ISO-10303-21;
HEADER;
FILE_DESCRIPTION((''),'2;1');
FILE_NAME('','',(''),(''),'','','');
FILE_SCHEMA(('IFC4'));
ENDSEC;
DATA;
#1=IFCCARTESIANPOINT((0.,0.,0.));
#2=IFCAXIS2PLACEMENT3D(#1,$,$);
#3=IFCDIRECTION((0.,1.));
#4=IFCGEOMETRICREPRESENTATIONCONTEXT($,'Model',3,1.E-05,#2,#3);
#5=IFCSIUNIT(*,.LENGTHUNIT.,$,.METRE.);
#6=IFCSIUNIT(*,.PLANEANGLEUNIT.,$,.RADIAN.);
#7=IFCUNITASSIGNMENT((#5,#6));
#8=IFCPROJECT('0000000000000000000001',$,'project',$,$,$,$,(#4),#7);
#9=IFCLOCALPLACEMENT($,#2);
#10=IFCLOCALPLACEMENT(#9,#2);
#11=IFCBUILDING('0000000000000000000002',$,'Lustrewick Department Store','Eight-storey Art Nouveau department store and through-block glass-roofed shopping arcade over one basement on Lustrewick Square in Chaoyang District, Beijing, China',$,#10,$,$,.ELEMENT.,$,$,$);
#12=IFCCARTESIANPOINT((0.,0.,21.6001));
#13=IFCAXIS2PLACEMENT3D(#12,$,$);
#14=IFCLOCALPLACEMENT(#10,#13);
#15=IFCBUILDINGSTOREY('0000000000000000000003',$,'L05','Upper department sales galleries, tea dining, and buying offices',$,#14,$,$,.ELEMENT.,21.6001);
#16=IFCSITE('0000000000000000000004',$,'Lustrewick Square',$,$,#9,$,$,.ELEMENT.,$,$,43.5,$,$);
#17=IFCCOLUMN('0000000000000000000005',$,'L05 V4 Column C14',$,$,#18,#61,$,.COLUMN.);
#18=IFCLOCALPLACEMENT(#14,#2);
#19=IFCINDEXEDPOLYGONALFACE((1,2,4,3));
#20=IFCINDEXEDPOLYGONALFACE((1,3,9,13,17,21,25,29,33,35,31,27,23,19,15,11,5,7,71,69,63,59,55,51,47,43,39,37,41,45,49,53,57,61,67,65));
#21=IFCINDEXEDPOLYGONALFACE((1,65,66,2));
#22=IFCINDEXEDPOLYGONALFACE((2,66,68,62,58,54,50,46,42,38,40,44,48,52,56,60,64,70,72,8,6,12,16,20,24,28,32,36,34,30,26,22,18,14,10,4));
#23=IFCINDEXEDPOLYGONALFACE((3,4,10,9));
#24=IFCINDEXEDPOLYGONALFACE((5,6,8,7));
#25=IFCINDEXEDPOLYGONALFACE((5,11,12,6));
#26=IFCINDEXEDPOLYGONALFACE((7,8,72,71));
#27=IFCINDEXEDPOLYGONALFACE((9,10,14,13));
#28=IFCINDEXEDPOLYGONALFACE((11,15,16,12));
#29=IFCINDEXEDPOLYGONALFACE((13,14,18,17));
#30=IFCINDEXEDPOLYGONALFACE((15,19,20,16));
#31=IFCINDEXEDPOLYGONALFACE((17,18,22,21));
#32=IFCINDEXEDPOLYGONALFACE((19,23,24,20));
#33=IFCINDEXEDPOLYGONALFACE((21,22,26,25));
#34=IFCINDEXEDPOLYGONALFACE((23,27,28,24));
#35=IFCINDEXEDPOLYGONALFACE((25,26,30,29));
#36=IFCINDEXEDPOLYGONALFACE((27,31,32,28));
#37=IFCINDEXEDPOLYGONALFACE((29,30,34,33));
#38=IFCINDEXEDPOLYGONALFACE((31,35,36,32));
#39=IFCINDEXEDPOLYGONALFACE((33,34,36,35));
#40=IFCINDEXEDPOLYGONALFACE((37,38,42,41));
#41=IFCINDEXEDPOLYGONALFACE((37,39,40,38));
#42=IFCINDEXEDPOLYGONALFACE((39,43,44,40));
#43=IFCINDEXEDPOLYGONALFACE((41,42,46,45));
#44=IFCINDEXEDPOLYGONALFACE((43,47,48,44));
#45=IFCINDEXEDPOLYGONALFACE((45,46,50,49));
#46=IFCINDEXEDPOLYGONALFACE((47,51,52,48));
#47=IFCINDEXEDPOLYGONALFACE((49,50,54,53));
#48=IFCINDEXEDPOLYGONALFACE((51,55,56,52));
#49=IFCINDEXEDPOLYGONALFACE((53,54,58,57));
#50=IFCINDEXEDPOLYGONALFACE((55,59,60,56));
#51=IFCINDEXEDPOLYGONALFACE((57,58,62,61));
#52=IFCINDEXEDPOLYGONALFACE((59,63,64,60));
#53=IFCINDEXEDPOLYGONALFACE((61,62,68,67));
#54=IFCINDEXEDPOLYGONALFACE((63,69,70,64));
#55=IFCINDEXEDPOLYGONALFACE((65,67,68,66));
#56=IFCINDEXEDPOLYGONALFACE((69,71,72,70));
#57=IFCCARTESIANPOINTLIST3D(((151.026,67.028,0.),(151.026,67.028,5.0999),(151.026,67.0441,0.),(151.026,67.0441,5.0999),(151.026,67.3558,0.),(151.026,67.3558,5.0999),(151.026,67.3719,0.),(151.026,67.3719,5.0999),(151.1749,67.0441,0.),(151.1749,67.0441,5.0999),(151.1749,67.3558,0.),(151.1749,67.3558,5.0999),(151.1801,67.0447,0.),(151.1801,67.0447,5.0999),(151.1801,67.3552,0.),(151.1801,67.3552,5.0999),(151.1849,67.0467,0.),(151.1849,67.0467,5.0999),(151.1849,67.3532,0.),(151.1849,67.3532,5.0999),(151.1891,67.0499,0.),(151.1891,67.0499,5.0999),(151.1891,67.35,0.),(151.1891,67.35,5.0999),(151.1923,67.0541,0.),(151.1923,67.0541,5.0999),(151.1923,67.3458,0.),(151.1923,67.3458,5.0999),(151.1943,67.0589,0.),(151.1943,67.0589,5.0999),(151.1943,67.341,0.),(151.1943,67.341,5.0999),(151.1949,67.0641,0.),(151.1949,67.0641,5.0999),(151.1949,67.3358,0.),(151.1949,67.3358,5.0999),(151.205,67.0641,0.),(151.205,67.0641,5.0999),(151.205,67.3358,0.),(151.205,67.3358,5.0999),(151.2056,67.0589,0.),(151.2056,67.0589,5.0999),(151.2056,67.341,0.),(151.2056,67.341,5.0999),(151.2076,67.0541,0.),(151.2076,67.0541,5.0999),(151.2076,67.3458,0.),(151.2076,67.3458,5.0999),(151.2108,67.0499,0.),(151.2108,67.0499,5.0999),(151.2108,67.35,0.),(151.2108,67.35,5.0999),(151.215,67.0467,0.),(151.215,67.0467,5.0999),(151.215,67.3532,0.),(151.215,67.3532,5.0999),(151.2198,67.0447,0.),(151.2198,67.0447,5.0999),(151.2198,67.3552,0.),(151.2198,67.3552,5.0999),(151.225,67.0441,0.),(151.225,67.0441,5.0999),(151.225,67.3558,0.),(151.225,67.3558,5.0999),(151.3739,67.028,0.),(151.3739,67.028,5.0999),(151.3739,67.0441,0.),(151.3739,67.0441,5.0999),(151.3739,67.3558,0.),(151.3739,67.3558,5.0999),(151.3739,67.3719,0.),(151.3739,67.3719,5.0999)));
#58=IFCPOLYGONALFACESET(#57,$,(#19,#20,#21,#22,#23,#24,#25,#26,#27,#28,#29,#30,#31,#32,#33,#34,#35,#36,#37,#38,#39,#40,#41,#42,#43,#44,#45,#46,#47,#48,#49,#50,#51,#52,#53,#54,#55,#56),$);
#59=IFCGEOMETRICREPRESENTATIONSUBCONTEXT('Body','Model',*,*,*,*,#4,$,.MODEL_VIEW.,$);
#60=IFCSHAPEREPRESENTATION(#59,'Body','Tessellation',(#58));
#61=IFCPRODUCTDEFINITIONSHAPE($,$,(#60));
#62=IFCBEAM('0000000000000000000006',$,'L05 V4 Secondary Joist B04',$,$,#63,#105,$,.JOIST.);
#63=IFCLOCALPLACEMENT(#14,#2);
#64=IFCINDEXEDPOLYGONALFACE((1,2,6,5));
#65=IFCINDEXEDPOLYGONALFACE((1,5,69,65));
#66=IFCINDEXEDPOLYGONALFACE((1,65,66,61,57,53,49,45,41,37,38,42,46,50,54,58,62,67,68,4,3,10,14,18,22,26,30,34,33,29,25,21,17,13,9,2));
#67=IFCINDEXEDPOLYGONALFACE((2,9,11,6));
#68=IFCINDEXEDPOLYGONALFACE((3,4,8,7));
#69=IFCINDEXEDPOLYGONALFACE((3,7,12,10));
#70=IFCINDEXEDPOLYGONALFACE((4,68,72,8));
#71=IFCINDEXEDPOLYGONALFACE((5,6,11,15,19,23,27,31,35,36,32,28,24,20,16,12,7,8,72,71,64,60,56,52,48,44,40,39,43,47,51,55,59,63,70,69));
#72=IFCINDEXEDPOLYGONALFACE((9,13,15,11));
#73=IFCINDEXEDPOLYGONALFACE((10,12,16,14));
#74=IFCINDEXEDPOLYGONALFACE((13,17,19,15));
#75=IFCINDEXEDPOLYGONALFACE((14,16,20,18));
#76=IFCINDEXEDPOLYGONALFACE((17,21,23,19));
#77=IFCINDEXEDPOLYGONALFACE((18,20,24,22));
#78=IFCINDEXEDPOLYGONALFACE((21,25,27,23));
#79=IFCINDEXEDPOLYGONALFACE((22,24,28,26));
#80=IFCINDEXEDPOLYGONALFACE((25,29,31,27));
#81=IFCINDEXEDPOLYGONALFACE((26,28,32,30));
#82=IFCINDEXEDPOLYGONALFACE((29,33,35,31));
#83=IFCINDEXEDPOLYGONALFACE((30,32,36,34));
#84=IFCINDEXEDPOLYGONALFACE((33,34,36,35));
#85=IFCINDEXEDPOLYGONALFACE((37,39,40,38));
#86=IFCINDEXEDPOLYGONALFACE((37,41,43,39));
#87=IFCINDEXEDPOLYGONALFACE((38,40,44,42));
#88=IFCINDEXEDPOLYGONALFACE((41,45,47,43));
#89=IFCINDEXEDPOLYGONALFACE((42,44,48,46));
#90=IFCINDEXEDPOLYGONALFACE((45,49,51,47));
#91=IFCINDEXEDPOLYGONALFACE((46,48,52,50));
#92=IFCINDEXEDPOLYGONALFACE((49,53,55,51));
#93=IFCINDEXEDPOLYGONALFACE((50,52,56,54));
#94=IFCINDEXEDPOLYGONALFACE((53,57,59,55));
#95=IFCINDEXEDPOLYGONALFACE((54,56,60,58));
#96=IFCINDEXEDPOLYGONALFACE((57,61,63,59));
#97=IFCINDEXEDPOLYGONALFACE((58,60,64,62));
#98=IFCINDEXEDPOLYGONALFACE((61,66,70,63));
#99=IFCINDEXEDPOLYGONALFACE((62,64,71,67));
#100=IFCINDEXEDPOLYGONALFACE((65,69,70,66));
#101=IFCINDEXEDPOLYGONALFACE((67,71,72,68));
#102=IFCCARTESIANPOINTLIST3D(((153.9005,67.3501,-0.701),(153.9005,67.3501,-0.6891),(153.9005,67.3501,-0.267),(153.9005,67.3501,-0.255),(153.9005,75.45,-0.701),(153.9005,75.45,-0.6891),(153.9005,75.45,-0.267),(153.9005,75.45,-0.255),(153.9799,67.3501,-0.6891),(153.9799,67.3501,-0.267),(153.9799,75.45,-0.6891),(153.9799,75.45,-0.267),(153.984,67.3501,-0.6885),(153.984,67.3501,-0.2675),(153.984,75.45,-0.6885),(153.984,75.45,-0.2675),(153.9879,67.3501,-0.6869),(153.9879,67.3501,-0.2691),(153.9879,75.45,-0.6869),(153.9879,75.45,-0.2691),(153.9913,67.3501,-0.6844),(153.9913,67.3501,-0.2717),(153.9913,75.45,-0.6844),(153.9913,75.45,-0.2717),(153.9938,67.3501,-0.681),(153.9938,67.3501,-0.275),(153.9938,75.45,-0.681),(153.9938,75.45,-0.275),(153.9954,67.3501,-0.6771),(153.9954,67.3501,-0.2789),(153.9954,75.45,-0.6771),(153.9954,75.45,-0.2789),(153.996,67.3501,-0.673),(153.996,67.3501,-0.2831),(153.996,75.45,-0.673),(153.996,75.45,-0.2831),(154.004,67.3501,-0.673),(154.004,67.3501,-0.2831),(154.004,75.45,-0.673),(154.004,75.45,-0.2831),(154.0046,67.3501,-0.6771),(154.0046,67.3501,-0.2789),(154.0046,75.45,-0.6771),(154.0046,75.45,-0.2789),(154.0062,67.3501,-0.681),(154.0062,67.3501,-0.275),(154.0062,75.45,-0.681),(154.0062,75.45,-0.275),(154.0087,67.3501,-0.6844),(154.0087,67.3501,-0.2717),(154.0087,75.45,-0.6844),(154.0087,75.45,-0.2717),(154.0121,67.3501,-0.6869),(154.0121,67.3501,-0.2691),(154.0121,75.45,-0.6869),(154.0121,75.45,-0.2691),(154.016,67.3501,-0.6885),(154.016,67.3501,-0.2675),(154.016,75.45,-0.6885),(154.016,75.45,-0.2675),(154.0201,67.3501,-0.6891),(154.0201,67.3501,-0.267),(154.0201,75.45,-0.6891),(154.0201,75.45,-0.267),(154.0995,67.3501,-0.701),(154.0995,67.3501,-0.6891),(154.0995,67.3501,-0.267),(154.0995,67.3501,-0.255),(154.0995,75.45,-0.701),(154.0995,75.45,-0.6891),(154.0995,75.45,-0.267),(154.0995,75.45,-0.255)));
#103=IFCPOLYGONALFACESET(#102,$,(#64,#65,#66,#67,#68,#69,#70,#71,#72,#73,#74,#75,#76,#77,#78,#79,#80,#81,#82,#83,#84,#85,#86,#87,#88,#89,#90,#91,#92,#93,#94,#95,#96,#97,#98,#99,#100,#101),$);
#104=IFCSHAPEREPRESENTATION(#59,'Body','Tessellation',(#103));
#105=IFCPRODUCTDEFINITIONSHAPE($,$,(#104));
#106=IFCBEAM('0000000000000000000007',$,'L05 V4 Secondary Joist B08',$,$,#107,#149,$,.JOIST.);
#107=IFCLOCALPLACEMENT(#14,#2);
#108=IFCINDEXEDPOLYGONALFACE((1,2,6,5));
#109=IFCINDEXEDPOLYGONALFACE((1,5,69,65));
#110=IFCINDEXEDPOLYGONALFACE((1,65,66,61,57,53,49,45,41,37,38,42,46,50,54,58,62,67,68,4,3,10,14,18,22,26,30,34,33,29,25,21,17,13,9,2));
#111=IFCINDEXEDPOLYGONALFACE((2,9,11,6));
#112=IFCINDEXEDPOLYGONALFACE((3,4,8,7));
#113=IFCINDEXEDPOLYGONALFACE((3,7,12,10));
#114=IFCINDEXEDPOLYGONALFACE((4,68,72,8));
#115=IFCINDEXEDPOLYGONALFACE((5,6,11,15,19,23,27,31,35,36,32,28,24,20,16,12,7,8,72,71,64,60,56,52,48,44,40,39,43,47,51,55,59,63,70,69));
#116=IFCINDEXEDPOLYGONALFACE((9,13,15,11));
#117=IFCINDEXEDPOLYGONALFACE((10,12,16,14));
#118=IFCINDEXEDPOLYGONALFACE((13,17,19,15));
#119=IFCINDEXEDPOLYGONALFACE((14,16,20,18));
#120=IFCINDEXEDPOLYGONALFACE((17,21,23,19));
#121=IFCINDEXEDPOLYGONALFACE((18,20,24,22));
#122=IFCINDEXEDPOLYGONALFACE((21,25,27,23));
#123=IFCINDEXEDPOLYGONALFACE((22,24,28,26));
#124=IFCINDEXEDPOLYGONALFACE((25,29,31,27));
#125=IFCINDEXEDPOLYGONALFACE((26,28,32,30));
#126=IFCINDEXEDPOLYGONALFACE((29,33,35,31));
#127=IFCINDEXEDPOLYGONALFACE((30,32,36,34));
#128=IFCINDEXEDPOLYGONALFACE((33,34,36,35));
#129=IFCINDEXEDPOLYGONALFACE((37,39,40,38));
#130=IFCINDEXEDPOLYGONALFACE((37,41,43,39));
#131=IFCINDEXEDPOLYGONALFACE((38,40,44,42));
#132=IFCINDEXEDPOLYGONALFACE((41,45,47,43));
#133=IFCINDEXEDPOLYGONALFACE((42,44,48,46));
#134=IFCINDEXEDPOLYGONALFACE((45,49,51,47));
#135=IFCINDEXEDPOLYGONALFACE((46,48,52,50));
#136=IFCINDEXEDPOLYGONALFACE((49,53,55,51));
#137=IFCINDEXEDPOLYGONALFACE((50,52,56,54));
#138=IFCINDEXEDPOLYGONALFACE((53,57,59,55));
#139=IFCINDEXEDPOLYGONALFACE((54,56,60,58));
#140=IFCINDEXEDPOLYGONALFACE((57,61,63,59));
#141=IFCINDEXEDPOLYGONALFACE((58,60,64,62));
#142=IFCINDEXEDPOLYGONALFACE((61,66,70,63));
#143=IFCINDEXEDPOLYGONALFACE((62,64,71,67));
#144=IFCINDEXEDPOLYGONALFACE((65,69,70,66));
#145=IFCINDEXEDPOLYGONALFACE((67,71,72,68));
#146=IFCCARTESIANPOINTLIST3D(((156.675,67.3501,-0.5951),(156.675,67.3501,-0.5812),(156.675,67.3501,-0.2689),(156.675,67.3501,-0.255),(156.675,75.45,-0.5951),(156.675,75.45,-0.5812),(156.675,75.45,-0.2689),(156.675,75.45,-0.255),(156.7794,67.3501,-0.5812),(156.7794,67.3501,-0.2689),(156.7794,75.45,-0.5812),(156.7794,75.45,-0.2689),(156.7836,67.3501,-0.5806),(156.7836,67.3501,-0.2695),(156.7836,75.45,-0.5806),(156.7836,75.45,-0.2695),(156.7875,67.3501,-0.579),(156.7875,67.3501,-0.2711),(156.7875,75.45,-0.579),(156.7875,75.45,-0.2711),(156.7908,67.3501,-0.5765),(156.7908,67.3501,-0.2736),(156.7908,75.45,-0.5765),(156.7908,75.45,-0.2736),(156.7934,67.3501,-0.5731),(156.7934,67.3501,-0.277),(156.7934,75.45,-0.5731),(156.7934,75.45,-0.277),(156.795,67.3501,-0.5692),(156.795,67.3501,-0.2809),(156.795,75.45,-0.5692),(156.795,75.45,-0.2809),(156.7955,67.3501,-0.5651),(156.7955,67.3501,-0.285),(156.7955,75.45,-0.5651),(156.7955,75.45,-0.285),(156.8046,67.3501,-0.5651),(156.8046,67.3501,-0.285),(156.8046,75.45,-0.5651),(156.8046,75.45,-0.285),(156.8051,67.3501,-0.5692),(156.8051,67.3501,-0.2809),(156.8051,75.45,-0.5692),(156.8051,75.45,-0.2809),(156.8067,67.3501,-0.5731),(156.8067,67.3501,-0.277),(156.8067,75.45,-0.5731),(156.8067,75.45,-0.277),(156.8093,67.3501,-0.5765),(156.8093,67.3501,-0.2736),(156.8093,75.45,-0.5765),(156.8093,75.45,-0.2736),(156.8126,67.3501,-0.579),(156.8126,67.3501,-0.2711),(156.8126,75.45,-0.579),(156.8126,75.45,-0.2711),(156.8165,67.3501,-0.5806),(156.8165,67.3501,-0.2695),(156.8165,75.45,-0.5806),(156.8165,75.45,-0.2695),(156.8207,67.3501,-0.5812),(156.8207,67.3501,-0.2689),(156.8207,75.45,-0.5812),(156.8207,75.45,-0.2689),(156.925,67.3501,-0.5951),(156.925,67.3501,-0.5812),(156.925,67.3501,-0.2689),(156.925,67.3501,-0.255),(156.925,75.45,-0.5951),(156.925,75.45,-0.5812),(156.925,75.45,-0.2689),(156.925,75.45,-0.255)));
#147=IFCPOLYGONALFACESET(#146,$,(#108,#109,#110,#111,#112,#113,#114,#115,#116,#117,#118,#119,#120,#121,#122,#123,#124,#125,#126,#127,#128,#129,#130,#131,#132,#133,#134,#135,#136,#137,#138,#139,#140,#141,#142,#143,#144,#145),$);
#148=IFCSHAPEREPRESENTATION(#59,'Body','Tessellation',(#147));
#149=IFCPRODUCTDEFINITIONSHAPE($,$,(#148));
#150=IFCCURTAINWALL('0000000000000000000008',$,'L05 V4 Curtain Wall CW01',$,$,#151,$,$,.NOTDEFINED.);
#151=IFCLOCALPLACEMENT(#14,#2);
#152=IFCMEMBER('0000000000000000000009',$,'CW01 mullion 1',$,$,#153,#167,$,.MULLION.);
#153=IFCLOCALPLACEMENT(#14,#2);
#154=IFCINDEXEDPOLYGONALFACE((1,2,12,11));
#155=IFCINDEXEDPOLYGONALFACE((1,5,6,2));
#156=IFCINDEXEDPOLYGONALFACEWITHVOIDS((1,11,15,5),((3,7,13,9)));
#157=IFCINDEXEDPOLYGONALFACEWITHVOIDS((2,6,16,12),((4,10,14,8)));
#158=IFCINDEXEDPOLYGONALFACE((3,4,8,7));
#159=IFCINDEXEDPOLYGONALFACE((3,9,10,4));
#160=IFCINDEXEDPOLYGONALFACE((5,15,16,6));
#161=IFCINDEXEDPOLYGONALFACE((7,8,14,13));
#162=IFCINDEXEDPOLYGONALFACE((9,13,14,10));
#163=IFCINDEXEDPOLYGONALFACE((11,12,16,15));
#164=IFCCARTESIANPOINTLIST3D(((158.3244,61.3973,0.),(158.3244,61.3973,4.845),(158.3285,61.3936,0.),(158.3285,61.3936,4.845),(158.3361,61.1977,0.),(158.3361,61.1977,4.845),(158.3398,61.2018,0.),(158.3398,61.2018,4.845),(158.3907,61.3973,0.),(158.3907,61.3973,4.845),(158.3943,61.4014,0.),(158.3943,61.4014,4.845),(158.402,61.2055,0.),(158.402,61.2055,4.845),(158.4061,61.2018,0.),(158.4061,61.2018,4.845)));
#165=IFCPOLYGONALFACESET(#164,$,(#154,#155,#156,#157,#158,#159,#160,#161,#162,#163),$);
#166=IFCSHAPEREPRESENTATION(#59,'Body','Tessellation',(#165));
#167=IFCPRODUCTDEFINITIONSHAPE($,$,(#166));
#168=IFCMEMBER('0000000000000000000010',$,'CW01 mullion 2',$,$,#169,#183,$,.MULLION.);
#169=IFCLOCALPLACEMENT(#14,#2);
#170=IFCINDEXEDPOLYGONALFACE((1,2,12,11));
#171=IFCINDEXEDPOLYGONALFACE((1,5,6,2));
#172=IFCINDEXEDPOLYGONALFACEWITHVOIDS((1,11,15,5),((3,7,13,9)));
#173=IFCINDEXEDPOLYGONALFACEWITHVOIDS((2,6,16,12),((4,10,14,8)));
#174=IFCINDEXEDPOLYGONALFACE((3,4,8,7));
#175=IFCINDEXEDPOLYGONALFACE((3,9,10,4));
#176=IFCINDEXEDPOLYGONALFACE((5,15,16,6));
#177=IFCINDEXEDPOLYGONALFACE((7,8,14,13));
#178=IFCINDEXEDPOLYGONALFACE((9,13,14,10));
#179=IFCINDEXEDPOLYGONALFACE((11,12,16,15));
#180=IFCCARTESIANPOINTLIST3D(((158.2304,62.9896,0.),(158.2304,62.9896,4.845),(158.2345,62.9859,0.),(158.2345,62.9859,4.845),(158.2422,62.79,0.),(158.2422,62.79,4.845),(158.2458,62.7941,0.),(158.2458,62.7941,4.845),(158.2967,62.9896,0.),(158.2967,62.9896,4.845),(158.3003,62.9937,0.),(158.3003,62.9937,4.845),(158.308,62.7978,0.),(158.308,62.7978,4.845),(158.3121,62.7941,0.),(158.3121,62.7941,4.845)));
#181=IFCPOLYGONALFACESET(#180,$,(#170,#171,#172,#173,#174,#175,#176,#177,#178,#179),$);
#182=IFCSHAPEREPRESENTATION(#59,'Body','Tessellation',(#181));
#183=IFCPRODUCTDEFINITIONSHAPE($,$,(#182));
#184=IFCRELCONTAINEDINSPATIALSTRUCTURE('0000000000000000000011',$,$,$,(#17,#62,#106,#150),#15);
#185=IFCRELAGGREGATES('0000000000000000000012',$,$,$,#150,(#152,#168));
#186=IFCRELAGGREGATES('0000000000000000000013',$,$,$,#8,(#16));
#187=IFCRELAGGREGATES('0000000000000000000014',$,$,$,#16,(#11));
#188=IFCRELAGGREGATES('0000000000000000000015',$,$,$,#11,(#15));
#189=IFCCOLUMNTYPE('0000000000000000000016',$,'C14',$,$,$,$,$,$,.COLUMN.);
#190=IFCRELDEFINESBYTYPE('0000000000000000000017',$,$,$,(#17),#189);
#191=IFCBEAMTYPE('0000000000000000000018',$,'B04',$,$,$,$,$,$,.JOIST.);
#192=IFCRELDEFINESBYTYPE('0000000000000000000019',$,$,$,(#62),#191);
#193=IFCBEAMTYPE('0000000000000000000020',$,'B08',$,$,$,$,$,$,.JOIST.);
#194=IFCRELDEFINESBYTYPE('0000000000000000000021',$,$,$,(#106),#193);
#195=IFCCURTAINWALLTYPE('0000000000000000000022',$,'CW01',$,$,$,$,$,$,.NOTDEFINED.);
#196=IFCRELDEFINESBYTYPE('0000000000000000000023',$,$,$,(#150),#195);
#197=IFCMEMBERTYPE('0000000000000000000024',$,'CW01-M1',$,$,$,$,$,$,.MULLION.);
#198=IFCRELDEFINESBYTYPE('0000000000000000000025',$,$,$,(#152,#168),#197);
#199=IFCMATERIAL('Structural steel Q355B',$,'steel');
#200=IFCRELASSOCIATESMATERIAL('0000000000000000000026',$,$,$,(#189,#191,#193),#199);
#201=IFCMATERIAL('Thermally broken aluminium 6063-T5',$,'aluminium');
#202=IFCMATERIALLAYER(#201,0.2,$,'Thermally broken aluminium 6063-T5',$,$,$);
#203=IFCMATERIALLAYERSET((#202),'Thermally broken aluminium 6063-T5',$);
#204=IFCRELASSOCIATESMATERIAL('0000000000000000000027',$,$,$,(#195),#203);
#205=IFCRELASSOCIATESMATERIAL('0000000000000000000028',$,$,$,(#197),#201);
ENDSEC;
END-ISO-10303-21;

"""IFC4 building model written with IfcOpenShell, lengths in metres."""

from ifc_helpers import new_model, si_unit, direction, frame, origin, origin_2d, place, context, subcontext, project, spatial, hollow_rectangle, i_section, extrude, material, layer, layer_set, material_profile, profile_set, type_object, element, aggregate, save


model = new_model("IFC4")

# Units and contexts
model_context = context("Model", 3, precision=1e-05, world=origin(), true_north=direction((0.0, 1.0)))
body_context = subcontext(model_context, "Body", "Model", "MODEL_VIEW")
ifc_project = project(units=[si_unit("LENGTHUNIT", "METRE"), si_unit("PLANEANGLEUNIT", "RADIAN")], contexts=[model_context])

# Site, building, storey
site_placement = place(None, origin())
site = spatial("IfcSite", under=ifc_project, at=site_placement, Name="Lustrewick Square", CompositionType="ELEMENT", RefElevation=43.5)
building_placement = place(site_placement, origin())
building = spatial("IfcBuilding", under=site, at=building_placement, Name="Lustrewick Department Store", Description="Eight-storey Art Nouveau department store and through-block glass-roofed shopping arcade over one basement on Lustrewick Square in Chaoyang District, Beijing, China", CompositionType="ELEMENT")
storey_placement = place(building_placement, frame((0.0, 0.0, 21.6001)))
storey = spatial("IfcBuildingStorey", under=building, at=storey_placement, Name="L05", Description="Upper department sales galleries, tea dining, and buying offices", CompositionType="ELEMENT", Elevation=21.6001)

# Column
ifc_material_1 = material(Name="Structural steel Q355B", Category="steel")
ifc_material_profile_1 = material_profile(ifc_material_1, i_section(OverallWidth=0.3479, OverallDepth=0.344, WebThickness=0.01, FlangeThickness=0.0161, FilletRadius=0.02, at=origin_2d()), Name="HW 344x348x10x16")
ifc_profile_set_1 = profile_set([ifc_material_profile_1], Name="Structural steel Q355B")
column_type = type_object("IfcColumnType", Name="C14", PredefinedType="COLUMN", material=ifc_profile_set_1)
column_placement = place(storey_placement, frame((151.2, 67.2, 0.0), z_axis=(0.0, 0.0, 1.0), x_axis=(1.0, 0.0, 0.0)))
element("IfcColumn", 1, at=column_placement, inside=storey, type_object=column_type, Name="L05 V4 Column C14", PredefinedType="COLUMN", context=body_context, shape_type="SweptSolid", body=[
    extrude(i_section(OverallWidth=0.3479, OverallDepth=0.344, WebThickness=0.01, FlangeThickness=0.0161, FilletRadius=0.02, at=origin_2d()), origin(), (0.0, 0.0, 1.0), 5.0999),
])

# Beams
ifc_material_profile_2 = material_profile(ifc_material_1, i_section(OverallWidth=0.199, OverallDepth=0.446, WebThickness=0.0081, FlangeThickness=0.012, FilletRadius=0.0161, at=origin_2d()), Name="HN 446x199x8x12")
ifc_profile_set_2 = profile_set([ifc_material_profile_2], Name="Structural steel Q355B")
beam_type_1 = type_object("IfcBeamType", Name="B04", PredefinedType="JOIST", material=ifc_profile_set_2)
beam_1_placement = place(storey_placement, frame((154.0, 67.3501, -0.478), z_axis=(0.0, 1.0, 0.0), x_axis=(-1.0, 0.0, 0.0)))
element("IfcBeam", 2, at=beam_1_placement, inside=storey, type_object=beam_type_1, Name="L05 V4 Secondary Joist B04", PredefinedType="JOIST", context=body_context, shape_type="SweptSolid", body=[
    extrude(i_section(OverallWidth=0.199, OverallDepth=0.446, WebThickness=0.0081, FlangeThickness=0.012, FilletRadius=0.0161, at=origin_2d()), origin(), (0.0, 0.0, 1.0), 8.0999),
])
ifc_material_profile_3 = material_profile(ifc_material_1, i_section(OverallWidth=0.25, OverallDepth=0.3401, WebThickness=0.009, FlangeThickness=0.0139, FilletRadius=0.0161, at=origin_2d()), Name="HM 340x250x9x14")
ifc_profile_set_3 = profile_set([ifc_material_profile_3], Name="Structural steel Q355B")
beam_type_2 = type_object("IfcBeamType", Name="B08", PredefinedType="JOIST", material=ifc_profile_set_3)
beam_2_placement = place(storey_placement, frame((156.8, 67.3501, -0.425), z_axis=(0.0, 1.0, 0.0), x_axis=(-1.0, 0.0, 0.0)))
element("IfcBeam", 3, at=beam_2_placement, inside=storey, type_object=beam_type_2, Name="L05 V4 Secondary Joist B08", PredefinedType="JOIST", context=body_context, shape_type="SweptSolid", body=[
    extrude(i_section(OverallWidth=0.25, OverallDepth=0.3401, WebThickness=0.009, FlangeThickness=0.0139, FilletRadius=0.0161, at=origin_2d()), origin(), (0.0, 0.0, 1.0), 8.0999),
])

# Curtain wall, members
ifc_material_2 = material(Name="Thermally broken aluminium 6063-T5", Category="aluminium")
ifc_layer_1 = layer(ifc_material_2, 0.2, Name="Thermally broken aluminium 6063-T5")
ifc_layer_set_1 = layer_set([ifc_layer_1], Name="Thermally broken aluminium 6063-T5")
curtain_wall_type_1 = type_object("IfcCurtainWallType", Name="CW01", PredefinedType="NOTDEFINED", material=ifc_layer_set_1)
curtain_wall_1_placement = place(storey_placement, origin())
curtain_wall_1 = element("IfcCurtainWall", 4, at=curtain_wall_1_placement, inside=storey, type_object=curtain_wall_type_1, Name="L05 V4 Curtain Wall CW01", PredefinedType="NOTDEFINED")
ifc_material_profile_4 = material_profile(ifc_material_2, hollow_rectangle(XDim=0.0701, YDim=0.2, WallThickness=0.0039, at=origin_2d()), Name="ALU-M 70x200x4")
ifc_profile_set_4 = profile_set([ifc_material_profile_4], Name="Thermally broken aluminium 6063-T5")
member_type_1 = type_object("IfcMemberType", Name="CW01-M1", PredefinedType="MULLION", material=ifc_profile_set_4)
member_1_placement = place(storey_placement, frame((158.3652, 61.2996, 0.0), z_axis=(0.0, 0.0, 1.0), x_axis=(-0.998266, -0.058859, 0.0)))
member_1 = element("IfcMember", 5, at=member_1_placement, type_object=member_type_1, Name="CW01 mullion 1", PredefinedType="MULLION", context=body_context, shape_type="SweptSolid", body=[
    extrude(hollow_rectangle(XDim=0.0701, YDim=0.2, WallThickness=0.0039, at=origin_2d()), origin(), (0.0, 0.0, 1.0), 4.845),
])
member_2_placement = place(storey_placement, frame((158.2712, 62.8918, 0.0), z_axis=(0.0, 0.0, 1.0), x_axis=(-0.998266, -0.058859, 0.0)))
member_2 = element("IfcMember", 6, at=member_2_placement, type_object=member_type_1, Name="CW01 mullion 2", PredefinedType="MULLION", context=body_context, shape_type="SweptSolid", body=[
    extrude(hollow_rectangle(XDim=0.0701, YDim=0.2, WallThickness=0.0039, at=origin_2d()), origin(), (0.0, 0.0, 1.0), 4.845),
])

aggregate(curtain_wall_1, [member_1, member_2])

save(model, "model.ifc")
